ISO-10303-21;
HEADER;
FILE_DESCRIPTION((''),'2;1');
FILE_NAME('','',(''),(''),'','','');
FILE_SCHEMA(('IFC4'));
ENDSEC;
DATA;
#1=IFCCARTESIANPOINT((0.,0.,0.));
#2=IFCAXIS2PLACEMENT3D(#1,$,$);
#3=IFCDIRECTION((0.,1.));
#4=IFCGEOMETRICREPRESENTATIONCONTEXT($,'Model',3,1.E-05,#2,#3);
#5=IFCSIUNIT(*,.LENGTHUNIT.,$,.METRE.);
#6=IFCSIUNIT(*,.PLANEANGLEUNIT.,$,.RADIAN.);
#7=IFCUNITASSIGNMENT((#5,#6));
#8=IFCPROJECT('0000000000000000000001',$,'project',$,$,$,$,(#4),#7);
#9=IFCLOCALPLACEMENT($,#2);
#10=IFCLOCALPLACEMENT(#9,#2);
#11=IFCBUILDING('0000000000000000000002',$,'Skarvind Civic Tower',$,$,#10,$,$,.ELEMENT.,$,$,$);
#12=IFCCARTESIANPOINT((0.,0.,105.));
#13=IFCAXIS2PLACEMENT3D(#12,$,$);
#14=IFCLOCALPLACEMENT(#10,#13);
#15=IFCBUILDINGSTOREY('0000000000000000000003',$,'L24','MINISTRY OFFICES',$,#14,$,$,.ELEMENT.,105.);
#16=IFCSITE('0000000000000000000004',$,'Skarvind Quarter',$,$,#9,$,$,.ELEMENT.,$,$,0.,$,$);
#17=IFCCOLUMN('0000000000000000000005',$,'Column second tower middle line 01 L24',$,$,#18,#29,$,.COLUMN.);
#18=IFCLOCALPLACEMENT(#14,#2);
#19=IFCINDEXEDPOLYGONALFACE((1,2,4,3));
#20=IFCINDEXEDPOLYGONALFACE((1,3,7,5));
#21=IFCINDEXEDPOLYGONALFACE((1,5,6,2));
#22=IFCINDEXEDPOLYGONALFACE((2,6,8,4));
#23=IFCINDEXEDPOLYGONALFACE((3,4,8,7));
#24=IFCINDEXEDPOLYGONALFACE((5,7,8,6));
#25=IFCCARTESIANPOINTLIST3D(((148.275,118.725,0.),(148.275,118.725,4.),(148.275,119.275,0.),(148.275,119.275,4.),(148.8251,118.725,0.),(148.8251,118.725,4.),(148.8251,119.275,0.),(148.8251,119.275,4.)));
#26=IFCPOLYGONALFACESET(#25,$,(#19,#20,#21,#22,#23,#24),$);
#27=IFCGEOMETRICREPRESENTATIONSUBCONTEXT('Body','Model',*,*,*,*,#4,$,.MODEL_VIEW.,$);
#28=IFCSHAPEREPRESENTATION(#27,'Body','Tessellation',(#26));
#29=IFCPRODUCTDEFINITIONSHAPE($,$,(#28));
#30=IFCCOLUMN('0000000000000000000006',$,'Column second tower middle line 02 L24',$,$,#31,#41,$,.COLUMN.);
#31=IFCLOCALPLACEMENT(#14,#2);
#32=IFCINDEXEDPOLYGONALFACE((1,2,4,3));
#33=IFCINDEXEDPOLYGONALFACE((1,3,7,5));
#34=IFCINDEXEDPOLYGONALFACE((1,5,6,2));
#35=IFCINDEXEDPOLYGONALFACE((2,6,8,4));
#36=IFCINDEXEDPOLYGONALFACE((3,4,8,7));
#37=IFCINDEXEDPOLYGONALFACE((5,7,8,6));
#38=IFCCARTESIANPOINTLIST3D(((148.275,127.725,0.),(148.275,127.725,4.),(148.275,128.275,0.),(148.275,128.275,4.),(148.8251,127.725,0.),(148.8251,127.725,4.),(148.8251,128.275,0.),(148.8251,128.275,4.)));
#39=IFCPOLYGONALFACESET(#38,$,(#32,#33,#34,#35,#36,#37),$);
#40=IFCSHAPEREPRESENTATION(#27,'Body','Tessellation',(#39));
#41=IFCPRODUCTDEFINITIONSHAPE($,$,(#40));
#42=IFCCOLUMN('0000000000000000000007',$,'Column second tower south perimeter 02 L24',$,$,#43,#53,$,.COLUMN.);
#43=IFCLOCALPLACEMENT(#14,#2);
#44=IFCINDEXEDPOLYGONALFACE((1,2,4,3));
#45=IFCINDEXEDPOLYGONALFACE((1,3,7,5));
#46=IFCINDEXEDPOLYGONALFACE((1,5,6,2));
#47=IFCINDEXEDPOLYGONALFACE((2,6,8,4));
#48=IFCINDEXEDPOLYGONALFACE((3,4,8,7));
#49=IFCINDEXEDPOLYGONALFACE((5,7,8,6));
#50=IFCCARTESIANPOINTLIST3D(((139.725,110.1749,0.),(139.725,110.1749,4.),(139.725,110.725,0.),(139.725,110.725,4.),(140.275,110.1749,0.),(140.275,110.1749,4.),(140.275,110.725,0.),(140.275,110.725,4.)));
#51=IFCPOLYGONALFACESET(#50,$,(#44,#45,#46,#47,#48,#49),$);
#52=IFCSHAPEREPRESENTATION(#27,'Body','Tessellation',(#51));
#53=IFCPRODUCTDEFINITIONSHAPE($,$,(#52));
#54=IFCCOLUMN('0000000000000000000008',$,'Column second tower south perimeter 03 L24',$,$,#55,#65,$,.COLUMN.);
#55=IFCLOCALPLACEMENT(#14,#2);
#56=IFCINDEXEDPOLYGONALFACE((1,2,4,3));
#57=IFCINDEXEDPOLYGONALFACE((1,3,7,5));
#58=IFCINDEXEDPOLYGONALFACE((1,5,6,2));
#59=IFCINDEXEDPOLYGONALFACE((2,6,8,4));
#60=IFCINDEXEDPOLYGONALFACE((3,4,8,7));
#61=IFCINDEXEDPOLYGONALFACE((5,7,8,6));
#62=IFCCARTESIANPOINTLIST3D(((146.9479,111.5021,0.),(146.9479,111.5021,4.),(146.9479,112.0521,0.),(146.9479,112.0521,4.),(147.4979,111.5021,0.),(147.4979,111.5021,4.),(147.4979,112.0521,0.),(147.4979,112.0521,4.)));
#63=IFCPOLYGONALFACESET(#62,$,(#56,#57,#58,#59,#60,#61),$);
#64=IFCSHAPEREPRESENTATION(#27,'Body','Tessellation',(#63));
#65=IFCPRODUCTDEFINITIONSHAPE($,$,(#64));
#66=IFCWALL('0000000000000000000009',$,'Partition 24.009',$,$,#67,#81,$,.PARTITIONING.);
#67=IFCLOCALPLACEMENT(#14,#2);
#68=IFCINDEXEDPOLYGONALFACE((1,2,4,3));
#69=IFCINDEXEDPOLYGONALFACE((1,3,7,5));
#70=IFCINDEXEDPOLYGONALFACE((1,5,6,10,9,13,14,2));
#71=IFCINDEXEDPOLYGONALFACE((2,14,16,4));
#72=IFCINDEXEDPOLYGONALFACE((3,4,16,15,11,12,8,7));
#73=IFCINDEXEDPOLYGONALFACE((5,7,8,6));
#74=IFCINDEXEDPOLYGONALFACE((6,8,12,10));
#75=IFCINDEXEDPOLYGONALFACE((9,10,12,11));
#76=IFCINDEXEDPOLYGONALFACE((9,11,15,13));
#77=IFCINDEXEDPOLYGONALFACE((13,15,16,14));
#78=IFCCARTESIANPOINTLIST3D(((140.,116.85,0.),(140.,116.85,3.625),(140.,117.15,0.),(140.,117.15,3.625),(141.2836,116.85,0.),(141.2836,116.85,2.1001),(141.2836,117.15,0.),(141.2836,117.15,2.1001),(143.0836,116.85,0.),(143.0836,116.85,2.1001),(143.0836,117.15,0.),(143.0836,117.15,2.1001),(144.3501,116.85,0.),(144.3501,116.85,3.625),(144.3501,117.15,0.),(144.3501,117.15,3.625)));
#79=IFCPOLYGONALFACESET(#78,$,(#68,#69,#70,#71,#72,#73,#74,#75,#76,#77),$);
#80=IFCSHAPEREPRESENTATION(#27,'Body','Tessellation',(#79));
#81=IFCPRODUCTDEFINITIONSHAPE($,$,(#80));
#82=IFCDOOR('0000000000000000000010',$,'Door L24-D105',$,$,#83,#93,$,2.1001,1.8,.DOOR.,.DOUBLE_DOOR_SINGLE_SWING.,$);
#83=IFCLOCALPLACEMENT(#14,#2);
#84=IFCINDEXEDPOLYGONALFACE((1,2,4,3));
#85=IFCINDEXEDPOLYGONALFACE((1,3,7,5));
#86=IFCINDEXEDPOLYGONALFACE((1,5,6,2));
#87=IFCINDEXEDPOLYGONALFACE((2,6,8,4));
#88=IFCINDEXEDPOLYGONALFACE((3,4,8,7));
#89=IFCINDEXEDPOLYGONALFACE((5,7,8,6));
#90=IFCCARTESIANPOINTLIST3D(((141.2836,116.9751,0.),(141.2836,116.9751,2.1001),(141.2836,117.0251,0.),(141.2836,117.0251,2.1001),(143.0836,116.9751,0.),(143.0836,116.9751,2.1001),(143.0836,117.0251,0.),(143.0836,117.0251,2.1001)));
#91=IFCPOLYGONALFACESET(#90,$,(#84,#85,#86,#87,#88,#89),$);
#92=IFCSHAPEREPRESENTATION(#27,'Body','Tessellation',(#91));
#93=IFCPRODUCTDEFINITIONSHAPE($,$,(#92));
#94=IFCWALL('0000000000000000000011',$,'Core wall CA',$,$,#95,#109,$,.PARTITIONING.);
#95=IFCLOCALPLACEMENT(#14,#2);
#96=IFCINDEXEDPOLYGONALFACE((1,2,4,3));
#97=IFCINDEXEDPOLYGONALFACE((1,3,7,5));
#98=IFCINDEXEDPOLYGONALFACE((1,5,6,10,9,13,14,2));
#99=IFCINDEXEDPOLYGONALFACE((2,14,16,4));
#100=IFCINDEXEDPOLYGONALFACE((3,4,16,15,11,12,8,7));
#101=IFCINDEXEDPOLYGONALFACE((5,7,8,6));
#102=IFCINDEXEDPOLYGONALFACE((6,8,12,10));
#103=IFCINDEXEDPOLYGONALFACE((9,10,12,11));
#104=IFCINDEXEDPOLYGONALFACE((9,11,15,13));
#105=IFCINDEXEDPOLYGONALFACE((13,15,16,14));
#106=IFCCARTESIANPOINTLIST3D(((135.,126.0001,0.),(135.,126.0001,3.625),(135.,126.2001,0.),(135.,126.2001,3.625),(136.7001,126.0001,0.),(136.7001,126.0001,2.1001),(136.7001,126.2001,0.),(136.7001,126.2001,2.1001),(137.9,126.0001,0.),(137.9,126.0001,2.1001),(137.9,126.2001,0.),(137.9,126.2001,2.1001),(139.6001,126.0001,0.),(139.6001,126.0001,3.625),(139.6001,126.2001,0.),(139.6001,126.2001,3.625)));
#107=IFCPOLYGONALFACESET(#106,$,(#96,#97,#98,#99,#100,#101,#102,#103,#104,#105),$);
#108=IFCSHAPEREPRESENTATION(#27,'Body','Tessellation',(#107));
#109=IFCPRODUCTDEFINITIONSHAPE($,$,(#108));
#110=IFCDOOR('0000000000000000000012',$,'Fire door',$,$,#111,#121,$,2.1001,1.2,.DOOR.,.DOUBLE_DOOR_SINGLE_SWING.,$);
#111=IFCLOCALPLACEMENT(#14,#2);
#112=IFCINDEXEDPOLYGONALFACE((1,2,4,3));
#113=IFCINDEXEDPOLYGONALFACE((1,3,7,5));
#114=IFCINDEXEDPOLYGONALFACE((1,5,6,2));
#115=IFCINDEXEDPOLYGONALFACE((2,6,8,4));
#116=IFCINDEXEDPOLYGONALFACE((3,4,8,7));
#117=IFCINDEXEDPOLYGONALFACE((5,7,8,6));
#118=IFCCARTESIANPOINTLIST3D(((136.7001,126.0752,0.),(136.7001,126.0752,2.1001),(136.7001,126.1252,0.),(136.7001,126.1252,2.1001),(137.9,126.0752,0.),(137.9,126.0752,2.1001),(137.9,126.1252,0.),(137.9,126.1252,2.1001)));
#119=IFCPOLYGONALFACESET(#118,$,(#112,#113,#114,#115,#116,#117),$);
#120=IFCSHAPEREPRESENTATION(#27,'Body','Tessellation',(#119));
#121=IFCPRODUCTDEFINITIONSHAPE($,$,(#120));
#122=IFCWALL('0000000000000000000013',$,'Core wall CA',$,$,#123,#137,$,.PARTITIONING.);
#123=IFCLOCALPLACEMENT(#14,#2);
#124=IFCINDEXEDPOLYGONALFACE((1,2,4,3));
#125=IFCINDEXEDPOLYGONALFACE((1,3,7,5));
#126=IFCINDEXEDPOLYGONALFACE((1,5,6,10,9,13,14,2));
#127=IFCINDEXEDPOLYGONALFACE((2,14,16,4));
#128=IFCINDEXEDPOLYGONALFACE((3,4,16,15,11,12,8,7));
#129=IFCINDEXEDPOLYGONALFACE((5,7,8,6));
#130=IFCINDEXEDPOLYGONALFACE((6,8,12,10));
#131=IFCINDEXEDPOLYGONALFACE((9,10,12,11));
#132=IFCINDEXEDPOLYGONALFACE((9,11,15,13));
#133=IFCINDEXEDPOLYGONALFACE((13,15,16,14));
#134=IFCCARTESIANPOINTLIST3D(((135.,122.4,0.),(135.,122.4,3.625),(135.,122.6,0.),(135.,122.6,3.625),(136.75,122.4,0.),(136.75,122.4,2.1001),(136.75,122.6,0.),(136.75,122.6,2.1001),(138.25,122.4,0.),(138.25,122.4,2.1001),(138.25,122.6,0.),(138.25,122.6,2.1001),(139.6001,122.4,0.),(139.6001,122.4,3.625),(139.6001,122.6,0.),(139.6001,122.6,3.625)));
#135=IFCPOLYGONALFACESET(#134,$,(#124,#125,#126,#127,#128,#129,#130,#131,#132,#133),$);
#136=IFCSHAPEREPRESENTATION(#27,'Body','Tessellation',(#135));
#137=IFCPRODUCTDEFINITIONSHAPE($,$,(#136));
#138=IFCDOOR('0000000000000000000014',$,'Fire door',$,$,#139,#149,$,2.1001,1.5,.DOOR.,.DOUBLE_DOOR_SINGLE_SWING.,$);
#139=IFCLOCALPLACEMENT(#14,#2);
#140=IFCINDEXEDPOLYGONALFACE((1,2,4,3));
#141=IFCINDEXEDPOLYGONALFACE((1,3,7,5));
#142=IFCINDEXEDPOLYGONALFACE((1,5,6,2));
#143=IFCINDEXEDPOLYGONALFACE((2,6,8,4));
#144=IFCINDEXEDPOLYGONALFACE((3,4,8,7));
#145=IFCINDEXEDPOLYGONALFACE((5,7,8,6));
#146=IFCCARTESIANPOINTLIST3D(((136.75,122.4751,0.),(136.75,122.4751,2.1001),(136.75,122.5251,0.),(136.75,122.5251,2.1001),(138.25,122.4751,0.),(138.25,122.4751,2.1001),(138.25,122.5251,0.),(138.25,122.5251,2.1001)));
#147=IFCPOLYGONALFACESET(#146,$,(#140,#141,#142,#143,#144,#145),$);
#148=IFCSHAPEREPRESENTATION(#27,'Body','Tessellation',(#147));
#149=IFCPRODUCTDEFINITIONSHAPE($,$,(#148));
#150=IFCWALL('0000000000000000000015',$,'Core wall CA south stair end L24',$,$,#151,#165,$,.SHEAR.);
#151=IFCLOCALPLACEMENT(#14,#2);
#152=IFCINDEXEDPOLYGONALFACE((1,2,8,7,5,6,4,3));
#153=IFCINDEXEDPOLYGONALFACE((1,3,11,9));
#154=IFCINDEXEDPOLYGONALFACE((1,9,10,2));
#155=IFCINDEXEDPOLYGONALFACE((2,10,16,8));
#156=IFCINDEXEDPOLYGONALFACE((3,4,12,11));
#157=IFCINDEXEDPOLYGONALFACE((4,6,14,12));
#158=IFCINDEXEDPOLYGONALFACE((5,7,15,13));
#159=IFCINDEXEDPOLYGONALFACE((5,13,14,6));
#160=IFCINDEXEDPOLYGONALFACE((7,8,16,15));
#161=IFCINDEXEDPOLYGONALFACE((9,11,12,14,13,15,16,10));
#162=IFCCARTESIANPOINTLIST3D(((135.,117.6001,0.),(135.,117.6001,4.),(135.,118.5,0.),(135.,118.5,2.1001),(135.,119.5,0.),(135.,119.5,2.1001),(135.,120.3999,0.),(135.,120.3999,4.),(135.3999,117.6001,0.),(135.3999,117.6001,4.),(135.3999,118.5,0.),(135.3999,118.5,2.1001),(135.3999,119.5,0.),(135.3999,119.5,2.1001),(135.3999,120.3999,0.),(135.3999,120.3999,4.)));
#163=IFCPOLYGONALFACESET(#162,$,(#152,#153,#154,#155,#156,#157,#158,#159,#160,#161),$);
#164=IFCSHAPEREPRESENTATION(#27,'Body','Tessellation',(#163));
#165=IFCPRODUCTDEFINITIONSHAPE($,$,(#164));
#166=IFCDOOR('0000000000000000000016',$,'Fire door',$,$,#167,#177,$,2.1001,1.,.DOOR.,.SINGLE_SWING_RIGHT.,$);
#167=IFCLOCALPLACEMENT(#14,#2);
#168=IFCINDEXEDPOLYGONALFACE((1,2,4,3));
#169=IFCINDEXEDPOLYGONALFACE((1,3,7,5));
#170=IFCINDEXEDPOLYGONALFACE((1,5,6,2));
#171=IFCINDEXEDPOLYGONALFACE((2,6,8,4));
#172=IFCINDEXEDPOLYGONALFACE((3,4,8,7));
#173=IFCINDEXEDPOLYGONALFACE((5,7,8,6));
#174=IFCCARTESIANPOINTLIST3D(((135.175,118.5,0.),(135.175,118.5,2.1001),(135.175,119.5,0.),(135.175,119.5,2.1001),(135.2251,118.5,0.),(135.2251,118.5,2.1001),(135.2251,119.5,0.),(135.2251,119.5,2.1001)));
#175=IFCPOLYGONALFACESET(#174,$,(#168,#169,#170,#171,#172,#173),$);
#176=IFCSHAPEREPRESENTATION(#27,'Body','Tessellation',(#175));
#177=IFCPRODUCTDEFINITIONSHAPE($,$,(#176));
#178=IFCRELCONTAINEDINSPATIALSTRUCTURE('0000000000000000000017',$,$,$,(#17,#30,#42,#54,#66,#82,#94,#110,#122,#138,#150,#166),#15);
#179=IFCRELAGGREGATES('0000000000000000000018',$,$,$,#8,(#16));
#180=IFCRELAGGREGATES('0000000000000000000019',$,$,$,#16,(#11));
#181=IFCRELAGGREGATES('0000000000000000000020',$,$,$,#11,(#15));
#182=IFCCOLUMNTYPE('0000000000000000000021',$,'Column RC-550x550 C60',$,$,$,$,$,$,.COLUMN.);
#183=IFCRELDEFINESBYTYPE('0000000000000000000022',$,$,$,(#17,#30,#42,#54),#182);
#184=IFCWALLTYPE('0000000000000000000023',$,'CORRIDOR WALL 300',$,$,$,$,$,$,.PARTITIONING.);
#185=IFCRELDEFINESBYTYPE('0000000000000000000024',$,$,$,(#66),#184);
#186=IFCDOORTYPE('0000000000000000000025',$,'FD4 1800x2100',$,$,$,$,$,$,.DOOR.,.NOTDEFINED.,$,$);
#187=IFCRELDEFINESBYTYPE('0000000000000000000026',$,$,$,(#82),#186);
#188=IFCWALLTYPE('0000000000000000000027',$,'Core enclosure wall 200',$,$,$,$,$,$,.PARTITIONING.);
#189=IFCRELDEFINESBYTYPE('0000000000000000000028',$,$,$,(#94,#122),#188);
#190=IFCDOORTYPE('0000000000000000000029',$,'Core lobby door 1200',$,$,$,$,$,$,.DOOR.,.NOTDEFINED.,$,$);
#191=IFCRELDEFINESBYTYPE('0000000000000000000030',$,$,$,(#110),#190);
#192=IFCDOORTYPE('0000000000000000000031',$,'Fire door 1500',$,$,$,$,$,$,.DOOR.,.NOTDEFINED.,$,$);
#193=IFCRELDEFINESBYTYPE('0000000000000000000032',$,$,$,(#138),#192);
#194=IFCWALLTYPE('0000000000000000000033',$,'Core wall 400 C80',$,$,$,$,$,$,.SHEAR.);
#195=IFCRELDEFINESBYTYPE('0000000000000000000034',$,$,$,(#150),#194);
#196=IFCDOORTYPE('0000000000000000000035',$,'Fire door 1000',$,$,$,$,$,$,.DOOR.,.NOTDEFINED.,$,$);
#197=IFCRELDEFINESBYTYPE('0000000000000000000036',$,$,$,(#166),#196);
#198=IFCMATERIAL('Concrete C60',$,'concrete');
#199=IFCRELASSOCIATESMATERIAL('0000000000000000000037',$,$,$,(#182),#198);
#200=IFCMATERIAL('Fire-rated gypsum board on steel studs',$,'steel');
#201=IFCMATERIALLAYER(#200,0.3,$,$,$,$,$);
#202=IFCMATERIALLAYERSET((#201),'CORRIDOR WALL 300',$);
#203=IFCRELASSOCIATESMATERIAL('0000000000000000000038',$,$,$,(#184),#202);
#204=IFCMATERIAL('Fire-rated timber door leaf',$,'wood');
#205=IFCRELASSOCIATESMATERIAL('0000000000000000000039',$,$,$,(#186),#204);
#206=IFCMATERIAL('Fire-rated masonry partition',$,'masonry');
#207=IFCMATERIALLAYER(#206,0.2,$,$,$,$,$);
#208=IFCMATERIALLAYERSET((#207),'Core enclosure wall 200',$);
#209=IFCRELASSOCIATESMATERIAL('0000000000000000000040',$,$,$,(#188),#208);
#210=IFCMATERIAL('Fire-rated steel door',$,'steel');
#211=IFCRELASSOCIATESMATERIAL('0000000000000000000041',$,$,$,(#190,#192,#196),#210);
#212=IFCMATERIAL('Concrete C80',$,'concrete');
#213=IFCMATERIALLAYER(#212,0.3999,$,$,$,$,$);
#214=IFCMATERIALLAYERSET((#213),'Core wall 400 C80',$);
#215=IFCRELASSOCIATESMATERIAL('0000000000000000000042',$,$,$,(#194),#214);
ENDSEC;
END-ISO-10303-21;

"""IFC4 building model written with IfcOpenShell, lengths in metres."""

from ifc_helpers import new_model, si_unit, direction, frame, frame_2d, origin, origin_2d, place, context, subcontext, project, spatial, rectangle, extrude, material, layer, layer_set, material_profile, profile_set, type_object, element, fill, save


model = new_model("IFC4")

# Units and contexts
model_context = context("Model", 3, precision=1e-05, world=origin(), true_north=direction((0.0, 1.0)))
body_context = subcontext(model_context, "Body", "Model", "MODEL_VIEW")
ifc_project = project(units=[si_unit("LENGTHUNIT", "METRE"), si_unit("PLANEANGLEUNIT", "RADIAN")], contexts=[model_context])

# Site, building, storey
site_placement = place(None, origin())
site = spatial("IfcSite", under=ifc_project, at=site_placement, Name="Skarvind Quarter", CompositionType="ELEMENT", RefElevation=0.0)
building_placement = place(site_placement, origin())
building = spatial("IfcBuilding", under=site, at=building_placement, Name="Skarvind Civic Tower", CompositionType="ELEMENT")
storey_placement = place(building_placement, frame((0.0, 0.0, 105.0)))
storey = spatial("IfcBuildingStorey", under=building, at=storey_placement, Name="L24", Description="MINISTRY OFFICES", CompositionType="ELEMENT", Elevation=105.0)

# Columns
ifc_material_1 = material(Name="Concrete C60", Category="concrete")
ifc_material_profile = material_profile(ifc_material_1, rectangle(XDim=0.55, YDim=0.55, at=origin_2d()), Name="RC-550x550")
ifc_profile_set = profile_set([ifc_material_profile], Name="Concrete C60")
column_type = type_object("IfcColumnType", Name="Column RC-550x550 C60", PredefinedType="COLUMN", material=ifc_profile_set)
for number, where, z_axis, x_axis, name in (
    (1, (148.55, 119.0, 0.0), (0.0, 0.0, 1.0), (1.0, 0.0, 0.0), "Column second tower middle line 01 L24"),
    (2, (148.55, 128.0, 0.0), (0.0, 0.0, 1.0), (1.0, 0.0, 0.0), "Column second tower middle line 02 L24"),
    (3, (140.0, 110.45, 0.0), (0.0, 0.0, 1.0), (1.0, 0.0, 0.0), "Column second tower south perimeter 02 L24"),
    (4, (147.2229, 111.7771, 0.0), (0.0, 0.0, 1.0), (1.0, 0.0, 0.0), "Column second tower south perimeter 03 L24"),
):
    element("IfcColumn", number, at=place(storey_placement, frame(where, z_axis=z_axis, x_axis=x_axis)), inside=storey, type_object=column_type, Name=name, PredefinedType="COLUMN", context=body_context, shape_type="SweptSolid", body=[
        extrude(rectangle(XDim=0.55, YDim=0.55, at=origin_2d()), origin(), (0.0, 0.0, 1.0), 4.0),
    ])

# Walls, openings, doors
ifc_material_2 = material(Name="Fire-rated gypsum board on steel studs", Category="steel")
ifc_layer_1 = layer(ifc_material_2, 0.3)
ifc_layer_set_1 = layer_set([ifc_layer_1], Name="CORRIDOR WALL 300")
wall_type_1 = type_object("IfcWallType", Name="CORRIDOR WALL 300", PredefinedType="PARTITIONING", material=ifc_layer_set_1)
wall_1_placement = place(storey_placement, frame((144.3501, 117.0, 0.0), z_axis=(0.0, 0.0, 1.0), x_axis=(-1.0, 0.0, 0.0)))
wall_1 = element("IfcWall", 5, at=wall_1_placement, inside=storey, type_object=wall_type_1, Name="Partition 24.009", PredefinedType="PARTITIONING", context=body_context, shape_type="SweptSolid", body=[
    extrude(rectangle(XDim=4.3501, YDim=0.3, at=frame_2d((2.175, 0.0))), origin(), (0.0, 0.0, 1.0), 3.625),
])
opening_1_placement = place(wall_1_placement, frame((1.2666, 0.0, 0.0)))
opening_1 = element("IfcOpeningElement", 6, at=opening_1_placement, cuts=wall_1, PredefinedType="OPENING", context=body_context, shape_type="SweptSolid", body=[
    extrude(rectangle(XDim=1.8, YDim=2.1001, at=frame_2d((0.8999, 1.05))), frame((0.0, 0.1599, 0.0), z_axis=(0.0, -1.0, 0.0), x_axis=(1.0, 0.0, 0.0)), (0.0, 0.0, 1.0), 0.3201),
])
ifc_material_3 = material(Name="Fire-rated timber door leaf", Category="wood")
door_type_1 = type_object("IfcDoorType", Name="FD4 1800x2100", OperationType="NOTDEFINED", PredefinedType="DOOR", material=ifc_material_3)
door_1_placement = place(opening_1_placement, origin())
door_1 = element("IfcDoor", 7, at=door_1_placement, inside=storey, type_object=door_type_1, Name="Door L24-D105", OperationType="DOUBLE_DOOR_SINGLE_SWING", OverallHeight=2.1001, OverallWidth=1.8, PredefinedType="DOOR", context=body_context, shape_type="SweptSolid", body=[
    extrude(rectangle(XDim=1.8, YDim=2.1001, at=frame_2d((0.8999, 1.05))), frame((0.0, 0.0249, 0.0), z_axis=(0.0, -1.0, 0.0), x_axis=(1.0, 0.0, 0.0)), (0.0, 0.0, 1.0), 0.05),
])
fill(opening_1, door_1)
ifc_material_4 = material(Name="Fire-rated masonry partition", Category="masonry")
ifc_layer_2 = layer(ifc_material_4, 0.2)
ifc_layer_set_2 = layer_set([ifc_layer_2], Name="Core enclosure wall 200")
wall_type_2 = type_object("IfcWallType", Name="Core enclosure wall 200", PredefinedType="PARTITIONING", material=ifc_layer_set_2)
wall_2_placement = place(storey_placement, frame((139.6001, 126.1001, 0.0), z_axis=(0.0, 0.0, 1.0), x_axis=(-1.0, 0.0, 0.0)))
wall_2 = element("IfcWall", 8, at=wall_2_placement, inside=storey, type_object=wall_type_2, Name="Core wall CA", PredefinedType="PARTITIONING", context=body_context, shape_type="SweptSolid", body=[
    extrude(rectangle(XDim=4.6001, YDim=0.2, at=frame_2d((2.3, 0.0))), origin(), (0.0, 0.0, 1.0), 3.625),
])
opening_2_placement = place(wall_2_placement, frame((1.7, 0.0, 0.0)))
opening_2 = element("IfcOpeningElement", 9, at=opening_2_placement, cuts=wall_2, PredefinedType="OPENING", context=body_context, shape_type="SweptSolid", body=[
    extrude(rectangle(XDim=1.2, YDim=2.1001, at=frame_2d((0.6001, 1.05))), frame((0.0, 0.1099, 0.0), z_axis=(0.0, -1.0, 0.0), x_axis=(1.0, 0.0, 0.0)), (0.0, 0.0, 1.0), 0.22),
])
ifc_material_5 = material(Name="Fire-rated steel door", Category="steel")
door_type_2 = type_object("IfcDoorType", Name="Core lobby door 1200", OperationType="NOTDEFINED", PredefinedType="DOOR", material=ifc_material_5)
door_2_placement = place(opening_2_placement, origin())
door_2 = element("IfcDoor", 10, at=door_2_placement, inside=storey, type_object=door_type_2, Name="Fire door", OperationType="DOUBLE_DOOR_SINGLE_SWING", OverallHeight=2.1001, OverallWidth=1.2, PredefinedType="DOOR", context=body_context, shape_type="SweptSolid", body=[
    extrude(rectangle(XDim=1.2, YDim=2.1001, at=frame_2d((0.6001, 1.05))), frame((0.0, 0.0249, 0.0), z_axis=(0.0, -1.0, 0.0), x_axis=(1.0, 0.0, 0.0)), (0.0, 0.0, 1.0), 0.05),
])
fill(opening_2, door_2)
wall_3_placement = place(storey_placement, frame((139.6001, 122.5, 0.0), z_axis=(0.0, 0.0, 1.0), x_axis=(-1.0, 0.0, 0.0)))
wall_3 = element("IfcWall", 11, at=wall_3_placement, inside=storey, type_object=wall_type_2, Name="Core wall CA", PredefinedType="PARTITIONING", context=body_context, shape_type="SweptSolid", body=[
    extrude(rectangle(XDim=4.6001, YDim=0.2, at=frame_2d((2.3, 0.0))), origin(), (0.0, 0.0, 1.0), 3.625),
])
opening_3_placement = place(wall_3_placement, frame((1.3501, 0.0, 0.0)))
opening_3 = element("IfcOpeningElement", 12, at=opening_3_placement, cuts=wall_3, PredefinedType="OPENING", context=body_context, shape_type="SweptSolid", body=[
    extrude(rectangle(XDim=1.5, YDim=2.1001, at=frame_2d((0.75, 1.05))), frame((0.0, 0.1099, 0.0), z_axis=(0.0, -1.0, 0.0), x_axis=(1.0, 0.0, 0.0)), (0.0, 0.0, 1.0), 0.22),
])
door_type_3 = type_object("IfcDoorType", Name="Fire door 1500", OperationType="NOTDEFINED", PredefinedType="DOOR", material=ifc_material_5)
door_3_placement = place(opening_3_placement, origin())
door_3 = element("IfcDoor", 13, at=door_3_placement, inside=storey, type_object=door_type_3, Name="Fire door", OperationType="DOUBLE_DOOR_SINGLE_SWING", OverallHeight=2.1001, OverallWidth=1.5, PredefinedType="DOOR", context=body_context, shape_type="SweptSolid", body=[
    extrude(rectangle(XDim=1.5, YDim=2.1001, at=frame_2d((0.75, 1.05))), frame((0.0, 0.0249, 0.0), z_axis=(0.0, -1.0, 0.0), x_axis=(1.0, 0.0, 0.0)), (0.0, 0.0, 1.0), 0.05),
])
fill(opening_3, door_3)
ifc_material_6 = material(Name="Concrete C80", Category="concrete")
ifc_layer_3 = layer(ifc_material_6, 0.3999)
ifc_layer_set_3 = layer_set([ifc_layer_3], Name="Core wall 400 C80")
wall_type_3 = type_object("IfcWallType", Name="Core wall 400 C80", PredefinedType="SHEAR", material=ifc_layer_set_3)
wall_4_placement = place(storey_placement, frame((135.2, 117.6001, 0.0), z_axis=(0.0, 0.0, 1.0), x_axis=(0.0, 1.0, 0.0)))
wall_4 = element("IfcWall", 14, at=wall_4_placement, inside=storey, type_object=wall_type_3, Name="Core wall CA south stair end L24", PredefinedType="SHEAR", context=body_context, shape_type="SweptSolid", body=[
    extrude(rectangle(XDim=2.7998, YDim=0.3999, at=frame_2d((1.3999, 0.0))), origin(), (0.0, 0.0, 1.0), 4.0),
])
opening_4_placement = place(wall_4_placement, frame((0.8999, 0.0, 0.0)))
opening_4 = element("IfcOpeningElement", 15, at=opening_4_placement, cuts=wall_4, PredefinedType="OPENING", context=body_context, shape_type="SweptSolid", body=[
    extrude(rectangle(XDim=1.0, YDim=2.1001, at=frame_2d((0.5, 1.05))), frame((0.0, 0.21, 0.0), z_axis=(0.0, -1.0, 0.0), x_axis=(1.0, 0.0, 0.0)), (0.0, 0.0, 1.0), 0.4199),
])
door_type_4 = type_object("IfcDoorType", Name="Fire door 1000", OperationType="NOTDEFINED", PredefinedType="DOOR", material=ifc_material_5)
door_4_placement = place(opening_4_placement, origin())
door_4 = element("IfcDoor", 16, at=door_4_placement, inside=storey, type_object=door_type_4, Name="Fire door", OperationType="SINGLE_SWING_RIGHT", OverallHeight=2.1001, OverallWidth=1.0, PredefinedType="DOOR", context=body_context, shape_type="SweptSolid", body=[
    extrude(rectangle(XDim=1.0, YDim=2.1001, at=frame_2d((0.5, 1.05))), frame((0.0, 0.0249, 0.0), z_axis=(0.0, -1.0, 0.0), x_axis=(1.0, 0.0, 0.0)), (0.0, 0.0, 1.0), 0.05),
])
fill(opening_4, door_4)

save(model, "model.ifc")
